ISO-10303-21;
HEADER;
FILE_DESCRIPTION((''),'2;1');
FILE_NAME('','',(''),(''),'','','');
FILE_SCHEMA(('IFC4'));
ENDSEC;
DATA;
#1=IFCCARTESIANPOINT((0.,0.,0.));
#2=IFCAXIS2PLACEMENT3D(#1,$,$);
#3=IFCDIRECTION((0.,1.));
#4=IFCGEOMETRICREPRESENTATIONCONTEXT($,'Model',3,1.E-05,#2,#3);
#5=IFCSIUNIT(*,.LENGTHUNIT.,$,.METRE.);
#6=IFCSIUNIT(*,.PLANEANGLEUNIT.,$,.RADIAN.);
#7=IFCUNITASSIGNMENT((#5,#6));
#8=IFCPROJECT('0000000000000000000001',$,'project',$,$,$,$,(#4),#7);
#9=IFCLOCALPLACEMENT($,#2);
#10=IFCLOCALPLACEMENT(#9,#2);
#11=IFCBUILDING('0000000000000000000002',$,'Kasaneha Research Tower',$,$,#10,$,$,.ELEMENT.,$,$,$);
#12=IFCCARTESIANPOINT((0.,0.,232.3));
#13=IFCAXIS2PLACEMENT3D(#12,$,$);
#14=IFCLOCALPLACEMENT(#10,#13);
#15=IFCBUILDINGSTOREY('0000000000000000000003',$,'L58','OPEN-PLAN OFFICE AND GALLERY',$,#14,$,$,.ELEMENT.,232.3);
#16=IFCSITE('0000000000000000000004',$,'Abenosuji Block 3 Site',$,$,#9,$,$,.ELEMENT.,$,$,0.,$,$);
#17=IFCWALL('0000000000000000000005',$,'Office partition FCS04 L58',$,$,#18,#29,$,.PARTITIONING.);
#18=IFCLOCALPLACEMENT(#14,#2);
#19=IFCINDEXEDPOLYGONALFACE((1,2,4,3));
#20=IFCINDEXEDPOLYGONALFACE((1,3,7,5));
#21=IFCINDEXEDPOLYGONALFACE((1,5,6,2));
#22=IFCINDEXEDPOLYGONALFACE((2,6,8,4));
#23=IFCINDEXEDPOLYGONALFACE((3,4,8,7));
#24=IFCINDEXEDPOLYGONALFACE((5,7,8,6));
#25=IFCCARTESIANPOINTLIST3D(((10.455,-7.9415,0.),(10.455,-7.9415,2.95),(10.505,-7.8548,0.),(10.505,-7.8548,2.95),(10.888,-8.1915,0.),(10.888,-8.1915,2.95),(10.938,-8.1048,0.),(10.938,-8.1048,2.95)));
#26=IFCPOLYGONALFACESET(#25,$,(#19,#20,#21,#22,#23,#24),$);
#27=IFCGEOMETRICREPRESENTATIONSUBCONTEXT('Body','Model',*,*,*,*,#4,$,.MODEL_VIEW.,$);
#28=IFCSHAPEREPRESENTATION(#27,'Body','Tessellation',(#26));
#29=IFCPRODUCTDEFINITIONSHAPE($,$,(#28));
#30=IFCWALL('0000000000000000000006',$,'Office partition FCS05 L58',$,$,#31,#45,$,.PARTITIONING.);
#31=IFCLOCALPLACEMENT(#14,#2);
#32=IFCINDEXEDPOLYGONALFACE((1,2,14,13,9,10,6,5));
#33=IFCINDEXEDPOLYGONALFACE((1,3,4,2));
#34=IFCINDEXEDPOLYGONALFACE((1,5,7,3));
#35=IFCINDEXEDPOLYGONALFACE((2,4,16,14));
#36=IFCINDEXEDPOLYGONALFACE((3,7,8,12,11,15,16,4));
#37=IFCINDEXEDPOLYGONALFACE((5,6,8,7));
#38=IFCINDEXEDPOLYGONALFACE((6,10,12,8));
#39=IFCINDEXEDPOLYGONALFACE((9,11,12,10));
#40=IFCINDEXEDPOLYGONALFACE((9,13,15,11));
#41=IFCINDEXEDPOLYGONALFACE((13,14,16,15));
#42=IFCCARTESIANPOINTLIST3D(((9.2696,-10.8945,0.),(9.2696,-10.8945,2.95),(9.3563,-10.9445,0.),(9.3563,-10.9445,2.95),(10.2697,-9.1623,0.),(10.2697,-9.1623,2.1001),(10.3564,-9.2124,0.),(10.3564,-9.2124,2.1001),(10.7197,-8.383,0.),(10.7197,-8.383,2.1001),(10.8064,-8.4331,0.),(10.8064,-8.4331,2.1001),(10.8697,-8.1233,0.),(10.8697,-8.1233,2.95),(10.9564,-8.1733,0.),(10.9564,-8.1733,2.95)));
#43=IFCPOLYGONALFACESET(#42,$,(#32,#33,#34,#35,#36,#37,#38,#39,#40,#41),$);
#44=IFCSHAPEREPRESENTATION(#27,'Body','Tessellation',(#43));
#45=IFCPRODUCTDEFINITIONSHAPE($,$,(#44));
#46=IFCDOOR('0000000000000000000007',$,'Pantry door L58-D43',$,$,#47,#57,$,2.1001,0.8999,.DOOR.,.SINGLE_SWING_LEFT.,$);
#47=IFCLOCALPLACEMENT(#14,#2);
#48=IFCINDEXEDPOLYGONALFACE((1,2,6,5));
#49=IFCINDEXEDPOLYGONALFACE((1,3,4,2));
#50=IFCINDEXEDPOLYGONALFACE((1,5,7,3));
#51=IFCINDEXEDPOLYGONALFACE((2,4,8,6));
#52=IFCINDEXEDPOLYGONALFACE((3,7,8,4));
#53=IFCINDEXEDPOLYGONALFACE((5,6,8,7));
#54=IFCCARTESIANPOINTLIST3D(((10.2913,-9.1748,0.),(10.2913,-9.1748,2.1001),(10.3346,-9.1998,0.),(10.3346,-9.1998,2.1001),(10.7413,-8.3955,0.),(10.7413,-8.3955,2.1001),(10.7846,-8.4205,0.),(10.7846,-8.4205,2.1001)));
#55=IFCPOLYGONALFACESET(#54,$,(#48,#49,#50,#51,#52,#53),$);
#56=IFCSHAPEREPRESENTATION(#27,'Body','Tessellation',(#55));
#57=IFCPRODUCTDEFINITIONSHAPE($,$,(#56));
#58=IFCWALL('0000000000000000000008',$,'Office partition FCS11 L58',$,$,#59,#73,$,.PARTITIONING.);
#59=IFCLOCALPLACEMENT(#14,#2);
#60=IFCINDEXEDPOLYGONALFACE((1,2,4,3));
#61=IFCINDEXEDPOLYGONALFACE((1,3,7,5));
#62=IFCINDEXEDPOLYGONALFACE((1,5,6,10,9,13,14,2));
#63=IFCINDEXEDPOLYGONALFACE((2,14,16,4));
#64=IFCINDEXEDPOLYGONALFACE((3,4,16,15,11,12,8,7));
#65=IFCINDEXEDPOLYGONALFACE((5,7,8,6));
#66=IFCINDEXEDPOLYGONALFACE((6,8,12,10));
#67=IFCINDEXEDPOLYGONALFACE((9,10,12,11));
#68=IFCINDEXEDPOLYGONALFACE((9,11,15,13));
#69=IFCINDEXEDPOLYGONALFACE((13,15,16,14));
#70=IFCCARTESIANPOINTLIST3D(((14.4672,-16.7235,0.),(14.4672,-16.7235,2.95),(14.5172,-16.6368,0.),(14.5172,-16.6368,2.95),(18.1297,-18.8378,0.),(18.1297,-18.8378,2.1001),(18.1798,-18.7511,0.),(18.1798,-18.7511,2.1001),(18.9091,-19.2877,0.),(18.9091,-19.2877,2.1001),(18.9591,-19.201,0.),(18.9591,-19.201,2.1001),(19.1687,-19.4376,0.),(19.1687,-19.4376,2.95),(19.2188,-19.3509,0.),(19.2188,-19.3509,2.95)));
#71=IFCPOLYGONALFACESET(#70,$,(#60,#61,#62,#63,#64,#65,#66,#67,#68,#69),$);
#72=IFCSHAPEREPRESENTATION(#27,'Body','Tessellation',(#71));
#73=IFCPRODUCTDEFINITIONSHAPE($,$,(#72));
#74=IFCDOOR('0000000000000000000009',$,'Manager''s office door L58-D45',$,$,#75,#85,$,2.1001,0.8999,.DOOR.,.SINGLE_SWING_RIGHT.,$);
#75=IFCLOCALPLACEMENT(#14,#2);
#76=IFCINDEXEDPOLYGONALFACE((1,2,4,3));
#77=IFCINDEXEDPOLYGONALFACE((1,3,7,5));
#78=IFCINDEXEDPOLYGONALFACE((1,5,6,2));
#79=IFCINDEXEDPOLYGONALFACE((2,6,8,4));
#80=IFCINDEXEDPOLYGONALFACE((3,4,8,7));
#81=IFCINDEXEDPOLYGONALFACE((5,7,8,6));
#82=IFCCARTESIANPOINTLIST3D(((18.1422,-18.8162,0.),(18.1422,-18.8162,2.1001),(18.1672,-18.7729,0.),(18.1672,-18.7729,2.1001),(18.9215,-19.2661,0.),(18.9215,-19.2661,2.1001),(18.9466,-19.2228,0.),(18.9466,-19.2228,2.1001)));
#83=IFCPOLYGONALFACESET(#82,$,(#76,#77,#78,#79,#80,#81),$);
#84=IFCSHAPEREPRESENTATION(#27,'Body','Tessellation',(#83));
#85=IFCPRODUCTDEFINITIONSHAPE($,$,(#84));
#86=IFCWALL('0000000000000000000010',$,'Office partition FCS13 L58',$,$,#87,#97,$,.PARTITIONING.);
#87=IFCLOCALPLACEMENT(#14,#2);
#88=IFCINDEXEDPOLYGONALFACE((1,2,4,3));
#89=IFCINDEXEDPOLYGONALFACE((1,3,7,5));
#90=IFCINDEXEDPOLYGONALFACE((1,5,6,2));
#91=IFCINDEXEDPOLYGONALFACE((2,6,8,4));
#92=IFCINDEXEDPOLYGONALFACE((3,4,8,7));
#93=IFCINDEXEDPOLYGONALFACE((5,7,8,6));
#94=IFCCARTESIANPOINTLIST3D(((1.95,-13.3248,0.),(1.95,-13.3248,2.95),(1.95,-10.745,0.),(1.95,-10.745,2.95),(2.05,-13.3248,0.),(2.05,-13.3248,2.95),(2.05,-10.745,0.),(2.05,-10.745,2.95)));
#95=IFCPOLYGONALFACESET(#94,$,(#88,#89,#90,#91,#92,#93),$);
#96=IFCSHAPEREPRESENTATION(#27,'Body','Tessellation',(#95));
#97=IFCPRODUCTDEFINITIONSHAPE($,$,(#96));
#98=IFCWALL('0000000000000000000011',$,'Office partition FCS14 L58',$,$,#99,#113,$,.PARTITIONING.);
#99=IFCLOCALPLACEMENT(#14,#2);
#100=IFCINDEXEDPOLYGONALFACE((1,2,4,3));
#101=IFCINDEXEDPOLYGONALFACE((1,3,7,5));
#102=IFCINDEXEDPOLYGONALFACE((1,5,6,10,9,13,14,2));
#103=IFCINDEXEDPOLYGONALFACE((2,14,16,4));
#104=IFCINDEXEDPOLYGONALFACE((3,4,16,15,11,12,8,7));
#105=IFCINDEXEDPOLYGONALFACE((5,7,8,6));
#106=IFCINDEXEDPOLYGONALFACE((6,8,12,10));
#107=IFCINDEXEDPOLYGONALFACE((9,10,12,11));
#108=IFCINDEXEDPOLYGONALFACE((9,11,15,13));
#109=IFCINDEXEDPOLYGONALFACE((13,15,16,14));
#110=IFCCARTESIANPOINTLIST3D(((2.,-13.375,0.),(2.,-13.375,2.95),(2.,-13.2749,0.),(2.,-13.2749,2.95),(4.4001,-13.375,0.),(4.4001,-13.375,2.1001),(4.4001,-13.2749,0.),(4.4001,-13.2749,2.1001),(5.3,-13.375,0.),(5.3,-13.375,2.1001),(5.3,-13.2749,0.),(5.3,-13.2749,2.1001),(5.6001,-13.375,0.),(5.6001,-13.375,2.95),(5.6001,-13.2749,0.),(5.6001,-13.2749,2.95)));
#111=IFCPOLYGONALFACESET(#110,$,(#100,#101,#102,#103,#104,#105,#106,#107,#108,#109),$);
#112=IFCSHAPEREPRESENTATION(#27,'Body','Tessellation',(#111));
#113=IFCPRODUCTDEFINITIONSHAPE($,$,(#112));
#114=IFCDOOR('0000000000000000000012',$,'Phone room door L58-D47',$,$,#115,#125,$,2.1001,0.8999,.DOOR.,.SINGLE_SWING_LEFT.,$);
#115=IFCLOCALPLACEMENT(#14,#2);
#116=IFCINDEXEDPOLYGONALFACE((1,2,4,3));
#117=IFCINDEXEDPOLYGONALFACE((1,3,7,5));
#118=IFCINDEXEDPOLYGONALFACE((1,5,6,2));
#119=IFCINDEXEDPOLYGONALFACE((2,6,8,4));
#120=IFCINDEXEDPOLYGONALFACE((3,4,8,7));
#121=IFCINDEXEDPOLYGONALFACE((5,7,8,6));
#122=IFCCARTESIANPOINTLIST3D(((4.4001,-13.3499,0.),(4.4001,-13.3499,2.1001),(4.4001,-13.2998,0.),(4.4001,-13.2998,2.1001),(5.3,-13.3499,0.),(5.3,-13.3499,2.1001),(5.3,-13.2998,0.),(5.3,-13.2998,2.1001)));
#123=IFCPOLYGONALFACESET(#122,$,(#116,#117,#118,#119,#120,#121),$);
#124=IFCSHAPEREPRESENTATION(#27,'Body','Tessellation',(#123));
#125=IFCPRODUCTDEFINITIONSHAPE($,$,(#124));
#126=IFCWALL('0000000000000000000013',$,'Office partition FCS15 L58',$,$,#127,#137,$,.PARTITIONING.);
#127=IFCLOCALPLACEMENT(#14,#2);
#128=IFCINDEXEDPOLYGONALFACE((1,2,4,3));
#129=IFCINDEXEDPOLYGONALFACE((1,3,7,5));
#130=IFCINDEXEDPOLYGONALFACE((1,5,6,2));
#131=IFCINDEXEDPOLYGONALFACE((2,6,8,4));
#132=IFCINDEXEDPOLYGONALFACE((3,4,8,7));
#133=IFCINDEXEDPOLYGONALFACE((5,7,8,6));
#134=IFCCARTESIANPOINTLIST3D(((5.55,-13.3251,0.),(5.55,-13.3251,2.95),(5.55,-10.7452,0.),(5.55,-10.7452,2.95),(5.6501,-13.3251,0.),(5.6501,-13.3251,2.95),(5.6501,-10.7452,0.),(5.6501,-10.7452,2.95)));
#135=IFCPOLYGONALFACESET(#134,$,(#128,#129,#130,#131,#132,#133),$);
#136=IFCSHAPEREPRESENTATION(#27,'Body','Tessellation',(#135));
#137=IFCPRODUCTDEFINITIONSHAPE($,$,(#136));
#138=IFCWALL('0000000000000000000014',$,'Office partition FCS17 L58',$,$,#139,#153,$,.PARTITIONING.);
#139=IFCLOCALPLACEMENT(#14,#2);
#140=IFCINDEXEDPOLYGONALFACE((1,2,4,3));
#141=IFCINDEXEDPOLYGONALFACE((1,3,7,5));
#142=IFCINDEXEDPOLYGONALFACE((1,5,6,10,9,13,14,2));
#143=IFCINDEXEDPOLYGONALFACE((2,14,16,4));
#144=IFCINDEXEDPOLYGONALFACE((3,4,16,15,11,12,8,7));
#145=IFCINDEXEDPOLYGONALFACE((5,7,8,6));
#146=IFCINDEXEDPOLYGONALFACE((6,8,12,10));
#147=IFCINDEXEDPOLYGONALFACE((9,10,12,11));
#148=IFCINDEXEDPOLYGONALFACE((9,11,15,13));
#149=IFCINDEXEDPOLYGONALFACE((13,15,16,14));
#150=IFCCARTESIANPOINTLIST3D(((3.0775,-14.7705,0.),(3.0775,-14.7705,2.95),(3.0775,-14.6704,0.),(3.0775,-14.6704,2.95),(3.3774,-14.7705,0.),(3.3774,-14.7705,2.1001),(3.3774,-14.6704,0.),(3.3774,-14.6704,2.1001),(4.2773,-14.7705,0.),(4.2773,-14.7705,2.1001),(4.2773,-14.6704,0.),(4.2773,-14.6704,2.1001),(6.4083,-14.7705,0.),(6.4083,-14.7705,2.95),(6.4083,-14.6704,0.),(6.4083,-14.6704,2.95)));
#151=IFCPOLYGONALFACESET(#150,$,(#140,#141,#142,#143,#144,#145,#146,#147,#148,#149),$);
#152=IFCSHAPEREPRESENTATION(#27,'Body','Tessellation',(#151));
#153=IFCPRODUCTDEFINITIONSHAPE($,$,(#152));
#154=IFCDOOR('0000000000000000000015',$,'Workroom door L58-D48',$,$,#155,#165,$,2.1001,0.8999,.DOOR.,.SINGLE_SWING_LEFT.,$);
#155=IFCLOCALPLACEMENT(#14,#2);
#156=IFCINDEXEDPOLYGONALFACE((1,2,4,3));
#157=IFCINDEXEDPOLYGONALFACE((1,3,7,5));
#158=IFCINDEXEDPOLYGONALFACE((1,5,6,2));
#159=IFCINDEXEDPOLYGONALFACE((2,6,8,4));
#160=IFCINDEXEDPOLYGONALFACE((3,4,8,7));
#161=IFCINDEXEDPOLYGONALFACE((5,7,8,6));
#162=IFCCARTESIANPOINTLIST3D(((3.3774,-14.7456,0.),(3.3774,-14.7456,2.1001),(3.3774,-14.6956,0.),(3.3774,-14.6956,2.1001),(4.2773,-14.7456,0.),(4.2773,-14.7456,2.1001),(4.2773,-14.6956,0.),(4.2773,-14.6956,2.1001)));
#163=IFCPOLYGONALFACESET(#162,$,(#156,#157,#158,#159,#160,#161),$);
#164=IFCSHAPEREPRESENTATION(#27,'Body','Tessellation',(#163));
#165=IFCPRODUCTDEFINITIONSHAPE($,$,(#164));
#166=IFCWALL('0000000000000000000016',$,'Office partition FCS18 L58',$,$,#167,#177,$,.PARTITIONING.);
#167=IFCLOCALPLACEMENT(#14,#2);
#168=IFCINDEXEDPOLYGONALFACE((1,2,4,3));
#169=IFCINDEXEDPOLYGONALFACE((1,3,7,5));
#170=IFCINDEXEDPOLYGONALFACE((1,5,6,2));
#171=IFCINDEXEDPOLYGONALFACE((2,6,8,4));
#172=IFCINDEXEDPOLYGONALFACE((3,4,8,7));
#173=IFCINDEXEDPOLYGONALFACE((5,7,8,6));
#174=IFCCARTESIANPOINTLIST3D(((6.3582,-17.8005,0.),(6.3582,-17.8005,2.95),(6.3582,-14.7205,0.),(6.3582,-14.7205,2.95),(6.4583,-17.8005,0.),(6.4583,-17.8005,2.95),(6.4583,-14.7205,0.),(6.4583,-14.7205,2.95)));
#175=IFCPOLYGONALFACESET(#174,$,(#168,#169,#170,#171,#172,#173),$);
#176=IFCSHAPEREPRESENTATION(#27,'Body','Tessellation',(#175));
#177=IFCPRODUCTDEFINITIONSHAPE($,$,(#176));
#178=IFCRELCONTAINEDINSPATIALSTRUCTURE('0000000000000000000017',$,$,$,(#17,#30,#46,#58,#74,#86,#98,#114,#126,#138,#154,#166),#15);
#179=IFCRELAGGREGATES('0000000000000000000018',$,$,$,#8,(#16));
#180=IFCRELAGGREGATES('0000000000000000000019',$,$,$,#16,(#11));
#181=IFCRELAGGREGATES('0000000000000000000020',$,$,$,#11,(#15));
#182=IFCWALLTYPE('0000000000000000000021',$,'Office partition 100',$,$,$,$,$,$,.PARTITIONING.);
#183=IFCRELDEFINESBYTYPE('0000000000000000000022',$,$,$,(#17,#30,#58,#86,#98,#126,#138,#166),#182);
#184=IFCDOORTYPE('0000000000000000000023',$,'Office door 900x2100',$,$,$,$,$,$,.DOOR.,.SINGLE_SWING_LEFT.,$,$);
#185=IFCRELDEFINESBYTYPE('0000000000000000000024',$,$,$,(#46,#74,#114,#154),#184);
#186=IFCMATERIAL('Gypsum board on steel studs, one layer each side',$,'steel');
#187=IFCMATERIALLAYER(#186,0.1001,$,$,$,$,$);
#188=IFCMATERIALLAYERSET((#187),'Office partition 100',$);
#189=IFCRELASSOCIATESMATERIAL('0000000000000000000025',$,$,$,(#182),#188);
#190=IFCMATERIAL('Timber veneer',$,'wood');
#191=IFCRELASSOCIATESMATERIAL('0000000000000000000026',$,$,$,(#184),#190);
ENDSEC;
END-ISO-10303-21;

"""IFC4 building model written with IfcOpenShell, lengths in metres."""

from ifc_helpers import new_model, si_unit, direction, frame, frame_2d, origin, place, context, subcontext, project, spatial, rectangle, extrude, material, layer, layer_set, type_object, element, fill, save


model = new_model("IFC4")

# Units and contexts
model_context = context("Model", 3, precision=1e-05, world=origin(), true_north=direction((0.0, 1.0)))
body_context = subcontext(model_context, "Body", "Model", "MODEL_VIEW")
ifc_project = project(units=[si_unit("LENGTHUNIT", "METRE"), si_unit("PLANEANGLEUNIT", "RADIAN")], contexts=[model_context])

# Site, building, storey
site_placement = place(None, origin())
site = spatial("IfcSite", under=ifc_project, at=site_placement, Name="Abenosuji Block 3 Site", CompositionType="ELEMENT", RefElevation=0.0)
building_placement = place(site_placement, origin())
building = spatial("IfcBuilding", under=site, at=building_placement, Name="Kasaneha Research Tower", CompositionType="ELEMENT")
storey_placement = place(building_placement, frame((0.0, 0.0, 232.3)))
storey = spatial("IfcBuildingStorey", under=building, at=storey_placement, Name="L58", Description="OPEN-PLAN OFFICE AND GALLERY", CompositionType="ELEMENT", Elevation=232.3)

# Wall
ifc_material_1 = material(Name="Gypsum board on steel studs, one layer each side", Category="steel")
ifc_layer_1 = layer(ifc_material_1, 0.1001)
ifc_layer_set_1 = layer_set([ifc_layer_1], Name="Office partition 100")
wall_type_1 = type_object("IfcWallType", Name="Office partition 100", PredefinedType="PARTITIONING", material=ifc_layer_set_1)
wall_1_placement = place(storey_placement, frame((10.48, -7.8982, 0.0), z_axis=(0.0, 0.0, 1.0), x_axis=(0.866072, -0.49992, 0.0)))
element("IfcWall", 1, at=wall_1_placement, inside=storey, type_object=wall_type_1, Name="Office partition FCS04 L58", PredefinedType="PARTITIONING", context=body_context, shape_type="SweptSolid", body=[
    extrude(rectangle(XDim=0.5, YDim=0.1001, at=frame_2d((0.25, 0.0))), origin(), (0.0, 0.0, 1.0), 2.95),
])

# Walls, openings, doors
wall_2_placement = place(storey_placement, frame((10.9131, -8.1482, 0.0), z_axis=(0.0, 0.0, 1.0), x_axis=(-0.500028, -0.866009, 0.0)))
wall_2 = element("IfcWall", 2, at=wall_2_placement, inside=storey, type_object=wall_type_1, Name="Office partition FCS05 L58", PredefinedType="PARTITIONING", context=body_context, shape_type="SweptSolid", body=[
    extrude(rectangle(XDim=3.2, YDim=0.1001, at=frame_2d((1.6001, 0.0))), origin(), (0.0, 0.0, 1.0), 2.95),
])
opening_1_placement = place(wall_2_placement, frame((0.3, 0.0, 0.0)))
opening_1 = element("IfcOpeningElement", 3, at=opening_1_placement, cuts=wall_2, PredefinedType="OPENING", context=body_context, shape_type="SweptSolid", body=[
    extrude(rectangle(XDim=0.8999, YDim=2.1001, at=frame_2d((0.45, 1.05))), frame((0.0, 0.0601, 0.0), z_axis=(0.0, -1.0, 0.0), x_axis=(1.0, 0.0, 0.0)), (0.0, 0.0, 1.0), 0.1201),
])
ifc_material_2 = material(Name="Timber veneer", Category="wood")
door_type_1 = type_object("IfcDoorType", Name="Office door 900x2100", OperationType="SINGLE_SWING_LEFT", PredefinedType="DOOR", material=ifc_material_2)
door_1_placement = place(opening_1_placement, origin())
door_1 = element("IfcDoor", 4, at=door_1_placement, inside=storey, type_object=door_type_1, Name="Pantry door L58-D43", OperationType="SINGLE_SWING_LEFT", OverallHeight=2.1001, OverallWidth=0.8999, PredefinedType="DOOR", context=body_context, shape_type="SweptSolid", body=[
    extrude(rectangle(XDim=0.8999, YDim=2.1001, at=frame_2d((0.45, 1.05))), frame((0.0, 0.0249, 0.0), z_axis=(0.0, -1.0, 0.0), x_axis=(1.0, 0.0, 0.0)), (0.0, 0.0, 1.0), 0.05),
])
fill(opening_1, door_1)
wall_3_placement = place(storey_placement, frame((14.4922, -16.6802, 0.0), z_axis=(0.0, 0.0, 1.0), x_axis=(0.866057, -0.499946, 0.0)))
wall_3 = element("IfcWall", 5, at=wall_3_placement, inside=storey, type_object=wall_type_1, Name="Office partition FCS11 L58", PredefinedType="PARTITIONING", context=body_context, shape_type="SweptSolid", body=[
    extrude(rectangle(XDim=5.4287, YDim=0.1001, at=frame_2d((2.7144, 0.0))), origin(), (0.0, 0.0, 1.0), 2.95),
])
opening_2_placement = place(wall_3_placement, frame((4.229, 0.0, 0.0)))
opening_2 = element("IfcOpeningElement", 6, at=opening_2_placement, cuts=wall_3, PredefinedType="OPENING", context=body_context, shape_type="SweptSolid", body=[
    extrude(rectangle(XDim=0.8999, YDim=2.1001, at=frame_2d((0.45, 1.05))), frame((0.0, 0.0601, 0.0), z_axis=(0.0, -1.0, 0.0), x_axis=(1.0, 0.0, 0.0)), (0.0, 0.0, 1.0), 0.1201),
])
door_2_placement = place(opening_2_placement, origin())
door_2 = element("IfcDoor", 7, at=door_2_placement, inside=storey, type_object=door_type_1, Name="Manager's office door L58-D45", OperationType="SINGLE_SWING_RIGHT", OverallHeight=2.1001, OverallWidth=0.8999, PredefinedType="DOOR", context=body_context, shape_type="SweptSolid", body=[
    extrude(rectangle(XDim=0.8999, YDim=2.1001, at=frame_2d((0.45, 1.05))), frame((0.0, 0.0249, 0.0), z_axis=(0.0, -1.0, 0.0), x_axis=(1.0, 0.0, 0.0)), (0.0, 0.0, 1.0), 0.05),
])
fill(opening_2, door_2)

# Wall
wall_4_placement = place(storey_placement, frame((2.0, -13.325, 0.0), z_axis=(0.0, 0.0, 1.0), x_axis=(0.0, 1.0, 0.0)))
element("IfcWall", 8, at=wall_4_placement, inside=storey, type_object=wall_type_1, Name="Office partition FCS13 L58", PredefinedType="PARTITIONING", context=body_context, shape_type="SweptSolid", body=[
    extrude(rectangle(XDim=2.5798, YDim=0.1001, at=frame_2d((1.29, 0.0))), origin(), (0.0, 0.0, 1.0), 2.95),
])

# Wall, opening, door
wall_5_placement = place(storey_placement, frame((5.6001, -13.325, 0.0), z_axis=(0.0, 0.0, 1.0), x_axis=(-1.0, 0.0, 0.0)))
wall_5 = element("IfcWall", 9, at=wall_5_placement, inside=storey, type_object=wall_type_1, Name="Office partition FCS14 L58", PredefinedType="PARTITIONING", context=body_context, shape_type="SweptSolid", body=[
    extrude(rectangle(XDim=3.6001, YDim=0.1001, at=frame_2d((1.8, 0.0))), origin(), (0.0, 0.0, 1.0), 2.95),
])
opening_3_placement = place(wall_5_placement, frame((0.3, 0.0, 0.0)))
opening_3 = element("IfcOpeningElement", 10, at=opening_3_placement, cuts=wall_5, PredefinedType="OPENING", context=body_context, shape_type="SweptSolid", body=[
    extrude(rectangle(XDim=0.8999, YDim=2.1001, at=frame_2d((0.45, 1.05))), frame((0.0, 0.0601, 0.0), z_axis=(0.0, -1.0, 0.0), x_axis=(1.0, 0.0, 0.0)), (0.0, 0.0, 1.0), 0.1201),
])
door_3_placement = place(opening_3_placement, origin())
door_3 = element("IfcDoor", 11, at=door_3_placement, inside=storey, type_object=door_type_1, Name="Phone room door L58-D47", OperationType="SINGLE_SWING_LEFT", OverallHeight=2.1001, OverallWidth=0.8999, PredefinedType="DOOR", context=body_context, shape_type="SweptSolid", body=[
    extrude(rectangle(XDim=0.8999, YDim=2.1001, at=frame_2d((0.45, 1.05))), frame((0.0, 0.0249, 0.0), z_axis=(0.0, -1.0, 0.0), x_axis=(1.0, 0.0, 0.0)), (0.0, 0.0, 1.0), 0.05),
])
fill(opening_3, door_3)

# Wall
wall_6_placement = place(storey_placement, frame((5.6001, -10.7451, 0.0), z_axis=(0.0, 0.0, 1.0), x_axis=(0.0, -1.0, 0.0)))
element("IfcWall", 12, at=wall_6_placement, inside=storey, type_object=wall_type_1, Name="Office partition FCS15 L58", PredefinedType="PARTITIONING", context=body_context, shape_type="SweptSolid", body=[
    extrude(rectangle(XDim=2.5798, YDim=0.1001, at=frame_2d((1.29, 0.0))), origin(), (0.0, 0.0, 1.0), 2.95),
])

# Wall, opening, door
wall_7_placement = place(storey_placement, frame((3.0774, -14.7205, 0.0), z_axis=(0.0, 0.0, 1.0), x_axis=(1.0, 0.0, 0.0)))
wall_7 = element("IfcWall", 13, at=wall_7_placement, inside=storey, type_object=wall_type_1, Name="Office partition FCS17 L58", PredefinedType="PARTITIONING", context=body_context, shape_type="SweptSolid", body=[
    extrude(rectangle(XDim=3.3308, YDim=0.1001, at=frame_2d((1.6655, 0.0))), origin(), (0.0, 0.0, 1.0), 2.95),
])
opening_4_placement = place(wall_7_placement, frame((0.3, 0.0, 0.0)))
opening_4 = element("IfcOpeningElement", 14, at=opening_4_placement, cuts=wall_7, PredefinedType="OPENING", context=body_context, shape_type="SweptSolid", body=[
    extrude(rectangle(XDim=0.8999, YDim=2.1001, at=frame_2d((0.45, 1.05))), frame((0.0, 0.0601, 0.0), z_axis=(0.0, -1.0, 0.0), x_axis=(1.0, 0.0, 0.0)), (0.0, 0.0, 1.0), 0.1201),
])
door_4_placement = place(opening_4_placement, origin())
door_4 = element("IfcDoor", 15, at=door_4_placement, inside=storey, type_object=door_type_1, Name="Workroom door L58-D48", OperationType="SINGLE_SWING_LEFT", OverallHeight=2.1001, OverallWidth=0.8999, PredefinedType="DOOR", context=body_context, shape_type="SweptSolid", body=[
    extrude(rectangle(XDim=0.8999, YDim=2.1001, at=frame_2d((0.45, 1.05))), frame((0.0, 0.0249, 0.0), z_axis=(0.0, -1.0, 0.0), x_axis=(1.0, 0.0, 0.0)), (0.0, 0.0, 1.0), 0.05),
])
fill(opening_4, door_4)

# Wall
wall_8_placement = place(storey_placement, frame((6.4082, -14.7205, 0.0), z_axis=(0.0, 0.0, 1.0), x_axis=(0.0, -1.0, 0.0)))
element("IfcWall", 16, at=wall_8_placement, inside=storey, type_object=wall_type_1, Name="Office partition FCS18 L58", PredefinedType="PARTITIONING", context=body_context, shape_type="SweptSolid", body=[
    extrude(rectangle(XDim=3.0801, YDim=0.1001, at=frame_2d((1.54, 0.0))), origin(), (0.0, 0.0, 1.0), 2.95),
])

save(model, "model.ifc")
